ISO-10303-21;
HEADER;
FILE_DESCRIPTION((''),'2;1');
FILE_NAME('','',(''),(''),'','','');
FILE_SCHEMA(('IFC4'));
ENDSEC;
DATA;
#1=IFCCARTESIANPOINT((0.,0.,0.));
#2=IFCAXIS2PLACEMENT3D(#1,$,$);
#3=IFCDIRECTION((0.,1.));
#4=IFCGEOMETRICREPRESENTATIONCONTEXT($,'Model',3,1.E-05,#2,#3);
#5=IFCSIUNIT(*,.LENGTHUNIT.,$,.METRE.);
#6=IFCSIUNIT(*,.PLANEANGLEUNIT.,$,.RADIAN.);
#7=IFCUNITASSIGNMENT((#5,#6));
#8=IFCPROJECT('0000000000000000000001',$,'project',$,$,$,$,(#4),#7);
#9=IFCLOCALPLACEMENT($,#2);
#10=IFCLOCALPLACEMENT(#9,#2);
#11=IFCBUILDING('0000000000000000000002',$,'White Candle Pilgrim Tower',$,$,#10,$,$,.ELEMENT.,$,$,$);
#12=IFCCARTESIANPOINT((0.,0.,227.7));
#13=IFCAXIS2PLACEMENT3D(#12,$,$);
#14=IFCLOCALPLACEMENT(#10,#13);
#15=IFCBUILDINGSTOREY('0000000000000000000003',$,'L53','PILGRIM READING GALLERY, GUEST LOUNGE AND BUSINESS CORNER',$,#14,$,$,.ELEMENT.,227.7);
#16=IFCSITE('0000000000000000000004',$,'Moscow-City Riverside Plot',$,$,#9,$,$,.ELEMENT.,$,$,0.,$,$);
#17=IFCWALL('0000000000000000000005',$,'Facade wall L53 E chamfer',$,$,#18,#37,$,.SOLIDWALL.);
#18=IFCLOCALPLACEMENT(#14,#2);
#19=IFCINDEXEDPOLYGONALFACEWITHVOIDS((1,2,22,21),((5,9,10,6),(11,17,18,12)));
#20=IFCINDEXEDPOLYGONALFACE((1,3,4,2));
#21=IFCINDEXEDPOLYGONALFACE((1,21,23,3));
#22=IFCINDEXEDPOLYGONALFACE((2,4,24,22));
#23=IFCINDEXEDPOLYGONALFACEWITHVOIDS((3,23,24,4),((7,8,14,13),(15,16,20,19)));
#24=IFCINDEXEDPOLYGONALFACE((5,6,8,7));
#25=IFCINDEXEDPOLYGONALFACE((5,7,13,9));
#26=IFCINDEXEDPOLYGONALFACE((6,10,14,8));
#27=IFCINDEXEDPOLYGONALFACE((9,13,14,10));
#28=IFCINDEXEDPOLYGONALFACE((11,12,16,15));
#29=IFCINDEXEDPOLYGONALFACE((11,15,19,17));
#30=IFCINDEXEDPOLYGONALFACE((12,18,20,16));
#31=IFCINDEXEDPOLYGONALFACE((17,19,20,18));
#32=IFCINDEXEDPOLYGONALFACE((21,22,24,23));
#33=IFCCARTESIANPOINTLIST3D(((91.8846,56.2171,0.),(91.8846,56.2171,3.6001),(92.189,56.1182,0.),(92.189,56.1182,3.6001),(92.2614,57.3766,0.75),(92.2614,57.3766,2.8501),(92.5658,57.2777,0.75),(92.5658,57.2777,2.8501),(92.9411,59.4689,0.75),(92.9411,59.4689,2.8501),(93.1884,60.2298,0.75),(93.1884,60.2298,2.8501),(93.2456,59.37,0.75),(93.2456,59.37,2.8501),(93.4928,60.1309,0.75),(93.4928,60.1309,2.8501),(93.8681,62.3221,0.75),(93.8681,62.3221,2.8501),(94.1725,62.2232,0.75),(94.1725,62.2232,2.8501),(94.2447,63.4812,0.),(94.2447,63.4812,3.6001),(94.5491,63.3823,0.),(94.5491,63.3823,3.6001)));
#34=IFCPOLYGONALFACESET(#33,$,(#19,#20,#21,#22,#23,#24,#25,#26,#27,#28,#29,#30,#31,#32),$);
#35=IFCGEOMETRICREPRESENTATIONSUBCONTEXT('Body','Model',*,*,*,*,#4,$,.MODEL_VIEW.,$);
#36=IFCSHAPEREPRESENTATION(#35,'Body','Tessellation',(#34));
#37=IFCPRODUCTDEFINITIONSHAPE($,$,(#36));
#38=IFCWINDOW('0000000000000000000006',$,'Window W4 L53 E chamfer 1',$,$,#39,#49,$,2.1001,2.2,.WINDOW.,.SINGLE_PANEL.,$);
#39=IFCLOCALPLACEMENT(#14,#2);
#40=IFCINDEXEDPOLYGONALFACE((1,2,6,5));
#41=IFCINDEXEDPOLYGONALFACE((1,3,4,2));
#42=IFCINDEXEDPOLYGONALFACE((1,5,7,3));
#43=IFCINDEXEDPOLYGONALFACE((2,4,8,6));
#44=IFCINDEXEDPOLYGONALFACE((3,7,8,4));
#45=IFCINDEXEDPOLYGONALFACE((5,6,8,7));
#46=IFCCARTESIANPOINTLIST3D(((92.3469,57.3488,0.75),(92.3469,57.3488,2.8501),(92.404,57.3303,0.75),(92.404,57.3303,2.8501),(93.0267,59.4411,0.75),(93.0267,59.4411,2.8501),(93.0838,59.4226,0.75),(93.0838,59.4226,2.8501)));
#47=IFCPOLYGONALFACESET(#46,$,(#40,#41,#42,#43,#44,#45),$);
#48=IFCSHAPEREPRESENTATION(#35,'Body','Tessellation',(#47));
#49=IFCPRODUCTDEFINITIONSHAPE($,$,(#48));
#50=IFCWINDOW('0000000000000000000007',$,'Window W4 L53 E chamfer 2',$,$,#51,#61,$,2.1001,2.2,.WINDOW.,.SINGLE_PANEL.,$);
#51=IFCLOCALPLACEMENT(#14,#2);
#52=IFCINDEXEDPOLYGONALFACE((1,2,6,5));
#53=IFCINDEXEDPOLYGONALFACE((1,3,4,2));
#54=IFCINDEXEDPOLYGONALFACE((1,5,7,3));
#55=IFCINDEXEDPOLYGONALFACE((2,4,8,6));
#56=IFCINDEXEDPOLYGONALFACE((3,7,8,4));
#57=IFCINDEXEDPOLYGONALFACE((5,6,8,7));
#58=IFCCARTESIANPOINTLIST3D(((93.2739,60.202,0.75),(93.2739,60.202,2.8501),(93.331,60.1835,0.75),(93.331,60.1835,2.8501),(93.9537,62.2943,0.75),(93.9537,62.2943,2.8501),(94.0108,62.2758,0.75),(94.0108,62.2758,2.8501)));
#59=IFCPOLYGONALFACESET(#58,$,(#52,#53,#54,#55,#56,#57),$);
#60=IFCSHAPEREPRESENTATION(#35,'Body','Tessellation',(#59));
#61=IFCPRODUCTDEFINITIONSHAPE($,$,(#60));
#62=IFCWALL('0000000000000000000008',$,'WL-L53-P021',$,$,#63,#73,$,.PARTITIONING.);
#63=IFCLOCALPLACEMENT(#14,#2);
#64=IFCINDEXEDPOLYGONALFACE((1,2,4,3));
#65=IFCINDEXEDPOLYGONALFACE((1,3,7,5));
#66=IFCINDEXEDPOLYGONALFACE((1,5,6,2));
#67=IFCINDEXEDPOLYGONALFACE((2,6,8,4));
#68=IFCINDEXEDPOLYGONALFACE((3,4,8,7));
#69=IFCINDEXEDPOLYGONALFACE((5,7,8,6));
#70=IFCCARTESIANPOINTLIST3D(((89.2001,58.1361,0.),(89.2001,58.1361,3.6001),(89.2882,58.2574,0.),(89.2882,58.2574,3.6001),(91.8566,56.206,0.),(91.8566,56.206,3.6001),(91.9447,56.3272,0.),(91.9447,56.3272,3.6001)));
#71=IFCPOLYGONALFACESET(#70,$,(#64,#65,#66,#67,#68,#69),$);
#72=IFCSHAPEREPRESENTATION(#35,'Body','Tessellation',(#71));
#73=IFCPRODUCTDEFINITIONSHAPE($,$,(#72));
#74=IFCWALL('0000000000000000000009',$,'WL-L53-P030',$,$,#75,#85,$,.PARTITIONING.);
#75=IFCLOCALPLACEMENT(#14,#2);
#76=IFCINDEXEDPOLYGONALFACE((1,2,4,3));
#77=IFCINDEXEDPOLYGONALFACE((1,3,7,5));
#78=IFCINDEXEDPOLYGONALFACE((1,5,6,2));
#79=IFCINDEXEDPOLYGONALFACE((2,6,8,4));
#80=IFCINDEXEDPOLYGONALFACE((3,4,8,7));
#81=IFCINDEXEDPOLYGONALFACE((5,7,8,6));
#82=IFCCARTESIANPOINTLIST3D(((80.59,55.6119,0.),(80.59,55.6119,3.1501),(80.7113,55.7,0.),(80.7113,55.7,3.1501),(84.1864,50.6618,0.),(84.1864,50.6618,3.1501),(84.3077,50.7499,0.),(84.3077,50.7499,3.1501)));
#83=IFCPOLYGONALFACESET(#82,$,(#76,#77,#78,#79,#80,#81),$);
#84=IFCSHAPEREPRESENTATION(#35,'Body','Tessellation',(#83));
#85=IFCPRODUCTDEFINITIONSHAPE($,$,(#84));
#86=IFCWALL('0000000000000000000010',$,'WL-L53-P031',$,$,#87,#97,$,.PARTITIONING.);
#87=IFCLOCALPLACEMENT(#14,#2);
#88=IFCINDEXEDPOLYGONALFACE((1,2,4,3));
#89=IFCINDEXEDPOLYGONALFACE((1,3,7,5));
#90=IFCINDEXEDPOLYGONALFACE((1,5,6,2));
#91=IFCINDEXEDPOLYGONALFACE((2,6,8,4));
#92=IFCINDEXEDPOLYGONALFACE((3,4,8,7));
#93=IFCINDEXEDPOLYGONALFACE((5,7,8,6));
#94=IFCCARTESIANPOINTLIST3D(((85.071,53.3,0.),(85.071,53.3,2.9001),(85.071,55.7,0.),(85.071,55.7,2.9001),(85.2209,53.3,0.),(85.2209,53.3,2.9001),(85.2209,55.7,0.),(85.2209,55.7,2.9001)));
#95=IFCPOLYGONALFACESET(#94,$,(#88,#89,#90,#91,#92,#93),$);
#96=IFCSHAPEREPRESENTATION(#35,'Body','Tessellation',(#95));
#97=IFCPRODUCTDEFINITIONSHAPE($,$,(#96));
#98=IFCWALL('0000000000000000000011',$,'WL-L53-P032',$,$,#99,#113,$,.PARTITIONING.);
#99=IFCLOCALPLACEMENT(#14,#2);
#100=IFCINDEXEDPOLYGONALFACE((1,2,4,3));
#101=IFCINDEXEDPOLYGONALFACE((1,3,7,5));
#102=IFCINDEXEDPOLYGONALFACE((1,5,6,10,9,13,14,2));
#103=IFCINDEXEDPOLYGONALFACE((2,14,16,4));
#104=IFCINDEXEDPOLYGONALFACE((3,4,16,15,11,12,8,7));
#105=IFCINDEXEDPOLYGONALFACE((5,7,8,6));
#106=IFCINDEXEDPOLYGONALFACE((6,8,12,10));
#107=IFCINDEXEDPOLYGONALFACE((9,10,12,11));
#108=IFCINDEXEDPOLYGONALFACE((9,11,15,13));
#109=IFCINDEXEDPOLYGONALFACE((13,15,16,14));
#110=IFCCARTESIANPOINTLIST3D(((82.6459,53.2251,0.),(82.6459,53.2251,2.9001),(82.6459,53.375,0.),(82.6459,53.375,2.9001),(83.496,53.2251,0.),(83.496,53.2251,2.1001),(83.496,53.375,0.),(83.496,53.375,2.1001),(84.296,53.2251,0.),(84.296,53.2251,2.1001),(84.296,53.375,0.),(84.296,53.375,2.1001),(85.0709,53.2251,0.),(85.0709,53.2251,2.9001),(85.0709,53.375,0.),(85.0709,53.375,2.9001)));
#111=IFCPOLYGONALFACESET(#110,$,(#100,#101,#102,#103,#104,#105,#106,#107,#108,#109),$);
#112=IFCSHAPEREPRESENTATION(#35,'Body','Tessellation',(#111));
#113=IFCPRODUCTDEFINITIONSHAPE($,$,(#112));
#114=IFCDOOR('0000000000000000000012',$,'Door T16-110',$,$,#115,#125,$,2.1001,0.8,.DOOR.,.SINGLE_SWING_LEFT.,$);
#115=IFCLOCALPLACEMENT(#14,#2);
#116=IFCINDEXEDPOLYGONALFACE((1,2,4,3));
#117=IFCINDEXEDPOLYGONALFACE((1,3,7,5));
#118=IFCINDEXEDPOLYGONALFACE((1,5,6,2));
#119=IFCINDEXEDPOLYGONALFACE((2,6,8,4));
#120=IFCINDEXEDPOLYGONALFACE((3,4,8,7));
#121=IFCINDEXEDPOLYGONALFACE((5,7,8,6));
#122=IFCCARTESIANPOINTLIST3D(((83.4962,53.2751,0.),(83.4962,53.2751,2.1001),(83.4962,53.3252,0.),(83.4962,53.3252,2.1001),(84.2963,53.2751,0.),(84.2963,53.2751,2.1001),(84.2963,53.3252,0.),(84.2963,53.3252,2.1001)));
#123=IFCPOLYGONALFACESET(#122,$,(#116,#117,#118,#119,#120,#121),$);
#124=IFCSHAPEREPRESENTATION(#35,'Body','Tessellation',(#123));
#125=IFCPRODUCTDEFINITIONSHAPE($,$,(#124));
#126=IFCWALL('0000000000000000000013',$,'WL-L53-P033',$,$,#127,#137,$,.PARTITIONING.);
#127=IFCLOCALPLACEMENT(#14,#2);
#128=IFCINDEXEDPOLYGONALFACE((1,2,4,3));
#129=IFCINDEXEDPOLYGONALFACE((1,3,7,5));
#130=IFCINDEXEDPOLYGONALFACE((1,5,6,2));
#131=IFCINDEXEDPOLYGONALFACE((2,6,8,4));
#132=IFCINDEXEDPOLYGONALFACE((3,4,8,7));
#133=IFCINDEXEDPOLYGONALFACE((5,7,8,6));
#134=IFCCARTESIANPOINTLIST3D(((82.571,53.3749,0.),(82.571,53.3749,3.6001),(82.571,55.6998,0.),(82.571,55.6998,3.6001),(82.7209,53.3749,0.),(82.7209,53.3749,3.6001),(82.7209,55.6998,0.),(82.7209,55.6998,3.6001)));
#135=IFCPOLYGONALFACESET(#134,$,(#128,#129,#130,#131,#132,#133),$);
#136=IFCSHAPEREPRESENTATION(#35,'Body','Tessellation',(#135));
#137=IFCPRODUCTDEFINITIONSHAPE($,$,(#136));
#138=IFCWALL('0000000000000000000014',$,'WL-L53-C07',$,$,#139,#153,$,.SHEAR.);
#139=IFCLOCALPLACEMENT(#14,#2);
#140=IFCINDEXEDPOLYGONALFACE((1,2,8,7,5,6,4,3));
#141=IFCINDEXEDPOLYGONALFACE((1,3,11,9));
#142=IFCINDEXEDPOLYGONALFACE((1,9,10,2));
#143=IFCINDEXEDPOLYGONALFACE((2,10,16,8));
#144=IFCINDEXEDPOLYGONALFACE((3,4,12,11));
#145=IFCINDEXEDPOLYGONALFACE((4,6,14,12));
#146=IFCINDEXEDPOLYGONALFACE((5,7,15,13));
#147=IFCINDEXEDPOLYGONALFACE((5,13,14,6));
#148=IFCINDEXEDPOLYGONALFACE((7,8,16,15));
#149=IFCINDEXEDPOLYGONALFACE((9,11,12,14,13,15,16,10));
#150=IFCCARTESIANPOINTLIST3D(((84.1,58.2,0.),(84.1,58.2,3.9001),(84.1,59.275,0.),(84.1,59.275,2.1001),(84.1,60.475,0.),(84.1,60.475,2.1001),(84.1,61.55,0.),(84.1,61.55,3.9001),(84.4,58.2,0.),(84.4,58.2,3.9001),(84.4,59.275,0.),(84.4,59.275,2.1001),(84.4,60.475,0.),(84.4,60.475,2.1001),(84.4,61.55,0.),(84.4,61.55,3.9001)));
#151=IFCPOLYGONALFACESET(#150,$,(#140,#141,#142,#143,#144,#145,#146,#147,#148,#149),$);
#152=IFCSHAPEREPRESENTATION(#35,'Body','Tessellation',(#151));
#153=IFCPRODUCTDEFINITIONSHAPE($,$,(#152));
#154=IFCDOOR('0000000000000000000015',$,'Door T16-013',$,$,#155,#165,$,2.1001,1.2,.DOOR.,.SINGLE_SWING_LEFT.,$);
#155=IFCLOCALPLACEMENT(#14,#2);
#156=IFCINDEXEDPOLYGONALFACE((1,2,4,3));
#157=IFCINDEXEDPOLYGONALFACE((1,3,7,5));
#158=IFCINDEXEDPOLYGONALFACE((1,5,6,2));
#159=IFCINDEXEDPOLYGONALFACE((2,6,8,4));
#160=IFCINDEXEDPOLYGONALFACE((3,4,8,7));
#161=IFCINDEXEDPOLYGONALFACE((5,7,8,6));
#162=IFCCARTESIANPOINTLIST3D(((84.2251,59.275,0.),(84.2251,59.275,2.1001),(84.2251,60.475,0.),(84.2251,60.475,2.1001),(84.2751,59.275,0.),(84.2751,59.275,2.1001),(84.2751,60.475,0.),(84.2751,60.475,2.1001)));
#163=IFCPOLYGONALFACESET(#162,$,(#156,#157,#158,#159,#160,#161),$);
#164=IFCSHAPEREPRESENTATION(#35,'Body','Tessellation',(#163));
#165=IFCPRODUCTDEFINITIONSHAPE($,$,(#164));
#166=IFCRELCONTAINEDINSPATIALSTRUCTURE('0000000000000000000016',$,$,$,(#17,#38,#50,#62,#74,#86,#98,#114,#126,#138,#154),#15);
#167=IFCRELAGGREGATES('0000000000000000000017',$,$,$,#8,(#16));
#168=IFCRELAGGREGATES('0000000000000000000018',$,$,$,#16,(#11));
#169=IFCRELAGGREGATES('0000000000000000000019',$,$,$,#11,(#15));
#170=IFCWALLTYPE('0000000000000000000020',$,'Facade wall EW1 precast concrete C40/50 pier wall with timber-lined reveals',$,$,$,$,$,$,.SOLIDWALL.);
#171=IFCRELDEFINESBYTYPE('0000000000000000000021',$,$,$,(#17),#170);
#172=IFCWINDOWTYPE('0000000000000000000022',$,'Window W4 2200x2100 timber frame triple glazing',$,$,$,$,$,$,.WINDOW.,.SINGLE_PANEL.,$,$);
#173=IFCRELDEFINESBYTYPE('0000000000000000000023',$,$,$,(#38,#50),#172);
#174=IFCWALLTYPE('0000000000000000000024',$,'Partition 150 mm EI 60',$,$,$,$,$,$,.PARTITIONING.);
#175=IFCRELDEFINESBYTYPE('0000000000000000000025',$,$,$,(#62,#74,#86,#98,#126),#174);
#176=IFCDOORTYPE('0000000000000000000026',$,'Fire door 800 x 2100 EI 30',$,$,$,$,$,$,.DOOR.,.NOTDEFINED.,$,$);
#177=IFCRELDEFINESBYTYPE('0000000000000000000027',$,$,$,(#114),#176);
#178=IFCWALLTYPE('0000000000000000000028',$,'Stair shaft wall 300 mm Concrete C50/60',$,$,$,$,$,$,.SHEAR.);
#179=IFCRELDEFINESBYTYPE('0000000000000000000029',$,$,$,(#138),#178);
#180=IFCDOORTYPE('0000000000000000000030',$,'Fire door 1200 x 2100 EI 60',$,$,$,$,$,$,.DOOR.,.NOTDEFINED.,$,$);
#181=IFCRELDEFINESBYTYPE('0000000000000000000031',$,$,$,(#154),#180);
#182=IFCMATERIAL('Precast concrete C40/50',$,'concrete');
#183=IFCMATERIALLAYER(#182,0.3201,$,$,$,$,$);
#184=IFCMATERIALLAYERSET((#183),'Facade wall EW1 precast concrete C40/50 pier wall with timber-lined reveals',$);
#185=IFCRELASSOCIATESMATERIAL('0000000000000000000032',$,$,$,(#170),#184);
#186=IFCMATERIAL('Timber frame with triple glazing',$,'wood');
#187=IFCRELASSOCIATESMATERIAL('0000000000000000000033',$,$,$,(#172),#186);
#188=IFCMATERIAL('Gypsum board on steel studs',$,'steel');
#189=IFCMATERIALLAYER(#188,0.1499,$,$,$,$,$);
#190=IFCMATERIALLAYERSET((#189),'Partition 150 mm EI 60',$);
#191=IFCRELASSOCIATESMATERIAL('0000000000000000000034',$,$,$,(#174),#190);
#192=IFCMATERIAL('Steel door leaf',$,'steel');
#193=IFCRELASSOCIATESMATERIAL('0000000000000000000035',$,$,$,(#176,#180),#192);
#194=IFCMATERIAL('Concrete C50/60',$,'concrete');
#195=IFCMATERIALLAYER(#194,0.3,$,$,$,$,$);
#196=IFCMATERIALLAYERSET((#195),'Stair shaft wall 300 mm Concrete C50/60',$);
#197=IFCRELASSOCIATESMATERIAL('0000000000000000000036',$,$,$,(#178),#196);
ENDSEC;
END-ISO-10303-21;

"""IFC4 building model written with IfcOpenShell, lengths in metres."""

from ifc_helpers import new_model, si_unit, direction, frame, frame_2d, origin, place, context, subcontext, project, spatial, rectangle, extrude, material, layer, layer_set, type_object, element, fill, save


model = new_model("IFC4")

# Units and contexts
model_context = context("Model", 3, precision=1e-05, world=origin(), true_north=direction((0.0, 1.0)))
body_context = subcontext(model_context, "Body", "Model", "MODEL_VIEW")
ifc_project = project(units=[si_unit("LENGTHUNIT", "METRE"), si_unit("PLANEANGLEUNIT", "RADIAN")], contexts=[model_context])

# Site, building, storey
site_placement = place(None, origin())
site = spatial("IfcSite", under=ifc_project, at=site_placement, Name="Moscow-City Riverside Plot", CompositionType="ELEMENT", RefElevation=0.0)
building_placement = place(site_placement, origin())
building = spatial("IfcBuilding", under=site, at=building_placement, Name="White Candle Pilgrim Tower", CompositionType="ELEMENT")
storey_placement = place(building_placement, frame((0.0, 0.0, 227.7)))
storey = spatial("IfcBuildingStorey", under=building, at=storey_placement, Name="L53", Description="PILGRIM READING GALLERY, GUEST LOUNGE AND BUSINESS CORNER", CompositionType="ELEMENT", Elevation=227.7)

# Shared definitions
ifc_material_1 = material(Name="Concrete C50/60", Category="concrete")

# Shared definitions
ifc_material_2 = material(Name="Gypsum board on steel studs", Category="steel")
ifc_material_3 = material(Name="Steel door leaf", Category="steel")

# Wall, openings, windows
ifc_material_4 = material(Name="Precast concrete C40/50", Category="concrete")
ifc_layer_1 = layer(ifc_material_4, 0.3201)
ifc_layer_set_1 = layer_set([ifc_layer_1], Name="Facade wall EW1 precast concrete C40/50 pier wall with timber-lined reveals")
wall_type_1 = type_object("IfcWallType", Name="Facade wall EW1 precast concrete C40/50 pier wall with timber-lined reveals", PredefinedType="SOLIDWALL", material=ifc_layer_set_1)
wall_1_placement = place(storey_placement, frame((92.0369, 56.1677, 0.0), z_axis=(0.0, 0.0, 1.0), x_axis=(0.308998, 0.951063, 0.0)))
wall_1 = element("IfcWall", 1, at=wall_1_placement, inside=storey, type_object=wall_type_1, Name="Facade wall L53 E chamfer", PredefinedType="SOLIDWALL", context=body_context, shape_type="SweptSolid", body=[
    extrude(rectangle(XDim=7.6379, YDim=0.3201, at=frame_2d((3.8188, 0.0))), origin(), (0.0, 0.0, 1.0), 3.6001),
])
opening_1_placement = place(wall_1_placement, frame((1.219, 0.0, 0.75)))
opening_1 = element("IfcOpeningElement", 2, at=opening_1_placement, cuts=wall_1, PredefinedType="OPENING", context=body_context, shape_type="SweptSolid", body=[
    extrude(rectangle(XDim=2.2, YDim=2.1001, at=frame_2d((1.1001, 1.05))), frame((0.0, 0.1699, 0.0), z_axis=(0.0, -1.0, 0.0), x_axis=(1.0, 0.0, 0.0)), (0.0, 0.0, 1.0), 0.3401),
])
opening_2_placement = place(wall_1_placement, frame((4.219, 0.0, 0.75)))
opening_2 = element("IfcOpeningElement", 3, at=opening_2_placement, cuts=wall_1, PredefinedType="OPENING", context=body_context, shape_type="SweptSolid", body=[
    extrude(rectangle(XDim=2.2, YDim=2.1001, at=frame_2d((1.1001, 1.05))), frame((0.0, 0.1699, 0.0), z_axis=(0.0, -1.0, 0.0), x_axis=(1.0, 0.0, 0.0)), (0.0, 0.0, 1.0), 0.3401),
])
ifc_material_5 = material(Name="Timber frame with triple glazing", Category="wood")
window_type = type_object("IfcWindowType", Name="Window W4 2200x2100 timber frame triple glazing", PartitioningType="SINGLE_PANEL", PredefinedType="WINDOW", material=ifc_material_5)
window_1_placement = place(opening_1_placement, origin())
window_1 = element("IfcWindow", 4, at=window_1_placement, inside=storey, type_object=window_type, Name="Window W4 L53 E chamfer 1", OverallHeight=2.1001, OverallWidth=2.2, PartitioningType="SINGLE_PANEL", PredefinedType="WINDOW", context=body_context, shape_type="SweptSolid", body=[
    extrude(rectangle(XDim=2.2, YDim=2.1001, at=frame_2d((1.1001, 1.05))), frame((0.0, 0.0701, 0.0), z_axis=(0.0, -1.0, 0.0), x_axis=(1.0, 0.0, 0.0)), (0.0, 0.0, 1.0), 0.0601),
])
fill(opening_1, window_1)
window_2_placement = place(opening_2_placement, origin())
window_2 = element("IfcWindow", 5, at=window_2_placement, inside=storey, type_object=window_type, Name="Window W4 L53 E chamfer 2", OverallHeight=2.1001, OverallWidth=2.2, PartitioningType="SINGLE_PANEL", PredefinedType="WINDOW", context=body_context, shape_type="SweptSolid", body=[
    extrude(rectangle(XDim=2.2, YDim=2.1001, at=frame_2d((1.1001, 1.05))), frame((0.0, 0.0701, 0.0), z_axis=(0.0, -1.0, 0.0), x_axis=(1.0, 0.0, 0.0)), (0.0, 0.0, 1.0), 0.0601),
])
fill(opening_2, window_2)

# Walls
ifc_layer_2 = layer(ifc_material_2, 0.1499)
ifc_layer_set_2 = layer_set([ifc_layer_2], Name="Partition 150 mm EI 60")
wall_type_2 = type_object("IfcWallType", Name="Partition 150 mm EI 60", PredefinedType="PARTITIONING", material=ifc_layer_set_2)
wall_2_placement = place(storey_placement, frame((91.9006, 56.2666, 0.0), z_axis=(0.0, 0.0, 1.0), x_axis=(-0.809, 0.587809, 0.0)))
element("IfcWall", 6, at=wall_2_placement, inside=storey, type_object=wall_type_2, Name="WL-L53-P021", PredefinedType="PARTITIONING", context=body_context, shape_type="SweptSolid", body=[
    extrude(rectangle(XDim=3.2837, YDim=0.1499, at=frame_2d((1.6418, 0.0))), origin(), (0.0, 0.0, 1.0), 3.6001),
])
wall_3_placement = place(storey_placement, frame((84.2471, 50.7058, 0.0), z_axis=(0.0, 0.0, 1.0), x_axis=(-0.587775, 0.809024, 0.0)))
element("IfcWall", 7, at=wall_3_placement, inside=storey, type_object=wall_type_2, Name="WL-L53-P030", PredefinedType="PARTITIONING", context=body_context, shape_type="SweptSolid", body=[
    extrude(rectangle(XDim=6.1187, YDim=0.1499, at=frame_2d((3.0593, 0.0))), origin(), (0.0, 0.0, 1.0), 3.1501),
])
wall_4_placement = place(storey_placement, frame((85.146, 55.7, 0.0), z_axis=(0.0, 0.0, 1.0), x_axis=(0.0, -1.0, 0.0)))
element("IfcWall", 8, at=wall_4_placement, inside=storey, type_object=wall_type_2, Name="WL-L53-P031", PredefinedType="PARTITIONING", context=body_context, shape_type="SweptSolid", body=[
    extrude(rectangle(XDim=2.3999, YDim=0.1499, at=frame_2d((1.2, 0.0))), origin(), (0.0, 0.0, 1.0), 2.9001),
])

# Wall, opening, door
wall_5_placement = place(storey_placement, frame((82.646, 53.3, 0.0), z_axis=(0.0, 0.0, 1.0), x_axis=(1.0, 0.0, 0.0)))
wall_5 = element("IfcWall", 9, at=wall_5_placement, inside=storey, type_object=wall_type_2, Name="WL-L53-P032", PredefinedType="PARTITIONING", context=body_context, shape_type="SweptSolid", body=[
    extrude(rectangle(XDim=2.425, YDim=0.1499, at=frame_2d((1.2124, 0.0))), origin(), (0.0, 0.0, 1.0), 2.9001),
])
opening_3_placement = place(wall_5_placement, frame((0.8501, 0.0, 0.0)))
opening_3 = element("IfcOpeningElement", 10, at=opening_3_placement, cuts=wall_5, PredefinedType="OPENING", context=body_context, shape_type="SweptSolid", body=[
    extrude(rectangle(XDim=0.8, YDim=2.1001, at=frame_2d((0.3999, 1.05))), frame((0.0, 0.085, 0.0), z_axis=(0.0, -1.0, 0.0), x_axis=(1.0, 0.0, 0.0)), (0.0, 0.0, 1.0), 0.1699),
])
door_type_1 = type_object("IfcDoorType", Name="Fire door 800 x 2100 EI 30", OperationType="NOTDEFINED", PredefinedType="DOOR", material=ifc_material_3)
door_1_placement = place(opening_3_placement, frame((0.8, 0.0, 0.0), z_axis=(0.0, 0.0, 1.0), x_axis=(-1.0, 0.0, 0.0)))
door_1 = element("IfcDoor", 11, at=door_1_placement, inside=storey, type_object=door_type_1, Name="Door T16-110", OperationType="SINGLE_SWING_LEFT", OverallHeight=2.1001, OverallWidth=0.8, PredefinedType="DOOR", context=body_context, shape_type="SweptSolid", body=[
    extrude(rectangle(XDim=0.8, YDim=2.1001, at=frame_2d((0.3999, 1.05))), frame((0.0, 0.0249, 0.0), z_axis=(0.0, -1.0, 0.0), x_axis=(1.0, 0.0, 0.0)), (0.0, 0.0, 1.0), 0.05),
])
fill(opening_3, door_1)

# Wall
wall_6_placement = place(storey_placement, frame((82.646, 55.7, 0.0), z_axis=(0.0, 0.0, 1.0), x_axis=(0.0, -1.0, 0.0)))
element("IfcWall", 12, at=wall_6_placement, inside=storey, type_object=wall_type_2, Name="WL-L53-P033", PredefinedType="PARTITIONING", context=body_context, shape_type="SweptSolid", body=[
    extrude(rectangle(XDim=2.325, YDim=0.1499, at=frame_2d((1.1626, 0.0))), origin(), (0.0, 0.0, 1.0), 3.6001),
])

# Wall, opening, door
ifc_layer_3 = layer(ifc_material_1, 0.3)
ifc_layer_set_3 = layer_set([ifc_layer_3], Name="Stair shaft wall 300 mm Concrete C50/60")
wall_type_3 = type_object("IfcWallType", Name="Stair shaft wall 300 mm Concrete C50/60", PredefinedType="SHEAR", material=ifc_layer_set_3)
wall_7_placement = place(storey_placement, frame((84.25, 58.2, 0.0), z_axis=(0.0, 0.0, 1.0), x_axis=(0.0, 1.0, 0.0)))
wall_7 = element("IfcWall", 13, at=wall_7_placement, inside=storey, type_object=wall_type_3, Name="WL-L53-C07", PredefinedType="SHEAR", context=body_context, shape_type="SweptSolid", body=[
    extrude(rectangle(XDim=3.3501, YDim=0.3, at=frame_2d((1.675, 0.0))), origin(), (0.0, 0.0, 1.0), 3.9001),
])
opening_4_placement = place(wall_7_placement, frame((1.075, 0.0, 0.0)))
opening_4 = element("IfcOpeningElement", 14, at=opening_4_placement, cuts=wall_7, PredefinedType="OPENING", context=body_context, shape_type="SweptSolid", body=[
    extrude(rectangle(XDim=1.2, YDim=2.1001, at=frame_2d((0.6001, 1.05))), frame((0.0, 0.1599, 0.0), z_axis=(0.0, -1.0, 0.0), x_axis=(1.0, 0.0, 0.0)), (0.0, 0.0, 1.0), 0.3201),
])
door_type_2 = type_object("IfcDoorType", Name="Fire door 1200 x 2100 EI 60", OperationType="NOTDEFINED", PredefinedType="DOOR", material=ifc_material_3)
door_2_placement = place(opening_4_placement, origin())
door_2 = element("IfcDoor", 15, at=door_2_placement, inside=storey, type_object=door_type_2, Name="Door T16-013", OperationType="SINGLE_SWING_LEFT", OverallHeight=2.1001, OverallWidth=1.2, PredefinedType="DOOR", context=body_context, shape_type="SweptSolid", body=[
    extrude(rectangle(XDim=1.2, YDim=2.1001, at=frame_2d((0.6001, 1.05))), frame((0.0, 0.0249, 0.0), z_axis=(0.0, -1.0, 0.0), x_axis=(1.0, 0.0, 0.0)), (0.0, 0.0, 1.0), 0.05),
])
fill(opening_4, door_2)

save(model, "model.ifc")
